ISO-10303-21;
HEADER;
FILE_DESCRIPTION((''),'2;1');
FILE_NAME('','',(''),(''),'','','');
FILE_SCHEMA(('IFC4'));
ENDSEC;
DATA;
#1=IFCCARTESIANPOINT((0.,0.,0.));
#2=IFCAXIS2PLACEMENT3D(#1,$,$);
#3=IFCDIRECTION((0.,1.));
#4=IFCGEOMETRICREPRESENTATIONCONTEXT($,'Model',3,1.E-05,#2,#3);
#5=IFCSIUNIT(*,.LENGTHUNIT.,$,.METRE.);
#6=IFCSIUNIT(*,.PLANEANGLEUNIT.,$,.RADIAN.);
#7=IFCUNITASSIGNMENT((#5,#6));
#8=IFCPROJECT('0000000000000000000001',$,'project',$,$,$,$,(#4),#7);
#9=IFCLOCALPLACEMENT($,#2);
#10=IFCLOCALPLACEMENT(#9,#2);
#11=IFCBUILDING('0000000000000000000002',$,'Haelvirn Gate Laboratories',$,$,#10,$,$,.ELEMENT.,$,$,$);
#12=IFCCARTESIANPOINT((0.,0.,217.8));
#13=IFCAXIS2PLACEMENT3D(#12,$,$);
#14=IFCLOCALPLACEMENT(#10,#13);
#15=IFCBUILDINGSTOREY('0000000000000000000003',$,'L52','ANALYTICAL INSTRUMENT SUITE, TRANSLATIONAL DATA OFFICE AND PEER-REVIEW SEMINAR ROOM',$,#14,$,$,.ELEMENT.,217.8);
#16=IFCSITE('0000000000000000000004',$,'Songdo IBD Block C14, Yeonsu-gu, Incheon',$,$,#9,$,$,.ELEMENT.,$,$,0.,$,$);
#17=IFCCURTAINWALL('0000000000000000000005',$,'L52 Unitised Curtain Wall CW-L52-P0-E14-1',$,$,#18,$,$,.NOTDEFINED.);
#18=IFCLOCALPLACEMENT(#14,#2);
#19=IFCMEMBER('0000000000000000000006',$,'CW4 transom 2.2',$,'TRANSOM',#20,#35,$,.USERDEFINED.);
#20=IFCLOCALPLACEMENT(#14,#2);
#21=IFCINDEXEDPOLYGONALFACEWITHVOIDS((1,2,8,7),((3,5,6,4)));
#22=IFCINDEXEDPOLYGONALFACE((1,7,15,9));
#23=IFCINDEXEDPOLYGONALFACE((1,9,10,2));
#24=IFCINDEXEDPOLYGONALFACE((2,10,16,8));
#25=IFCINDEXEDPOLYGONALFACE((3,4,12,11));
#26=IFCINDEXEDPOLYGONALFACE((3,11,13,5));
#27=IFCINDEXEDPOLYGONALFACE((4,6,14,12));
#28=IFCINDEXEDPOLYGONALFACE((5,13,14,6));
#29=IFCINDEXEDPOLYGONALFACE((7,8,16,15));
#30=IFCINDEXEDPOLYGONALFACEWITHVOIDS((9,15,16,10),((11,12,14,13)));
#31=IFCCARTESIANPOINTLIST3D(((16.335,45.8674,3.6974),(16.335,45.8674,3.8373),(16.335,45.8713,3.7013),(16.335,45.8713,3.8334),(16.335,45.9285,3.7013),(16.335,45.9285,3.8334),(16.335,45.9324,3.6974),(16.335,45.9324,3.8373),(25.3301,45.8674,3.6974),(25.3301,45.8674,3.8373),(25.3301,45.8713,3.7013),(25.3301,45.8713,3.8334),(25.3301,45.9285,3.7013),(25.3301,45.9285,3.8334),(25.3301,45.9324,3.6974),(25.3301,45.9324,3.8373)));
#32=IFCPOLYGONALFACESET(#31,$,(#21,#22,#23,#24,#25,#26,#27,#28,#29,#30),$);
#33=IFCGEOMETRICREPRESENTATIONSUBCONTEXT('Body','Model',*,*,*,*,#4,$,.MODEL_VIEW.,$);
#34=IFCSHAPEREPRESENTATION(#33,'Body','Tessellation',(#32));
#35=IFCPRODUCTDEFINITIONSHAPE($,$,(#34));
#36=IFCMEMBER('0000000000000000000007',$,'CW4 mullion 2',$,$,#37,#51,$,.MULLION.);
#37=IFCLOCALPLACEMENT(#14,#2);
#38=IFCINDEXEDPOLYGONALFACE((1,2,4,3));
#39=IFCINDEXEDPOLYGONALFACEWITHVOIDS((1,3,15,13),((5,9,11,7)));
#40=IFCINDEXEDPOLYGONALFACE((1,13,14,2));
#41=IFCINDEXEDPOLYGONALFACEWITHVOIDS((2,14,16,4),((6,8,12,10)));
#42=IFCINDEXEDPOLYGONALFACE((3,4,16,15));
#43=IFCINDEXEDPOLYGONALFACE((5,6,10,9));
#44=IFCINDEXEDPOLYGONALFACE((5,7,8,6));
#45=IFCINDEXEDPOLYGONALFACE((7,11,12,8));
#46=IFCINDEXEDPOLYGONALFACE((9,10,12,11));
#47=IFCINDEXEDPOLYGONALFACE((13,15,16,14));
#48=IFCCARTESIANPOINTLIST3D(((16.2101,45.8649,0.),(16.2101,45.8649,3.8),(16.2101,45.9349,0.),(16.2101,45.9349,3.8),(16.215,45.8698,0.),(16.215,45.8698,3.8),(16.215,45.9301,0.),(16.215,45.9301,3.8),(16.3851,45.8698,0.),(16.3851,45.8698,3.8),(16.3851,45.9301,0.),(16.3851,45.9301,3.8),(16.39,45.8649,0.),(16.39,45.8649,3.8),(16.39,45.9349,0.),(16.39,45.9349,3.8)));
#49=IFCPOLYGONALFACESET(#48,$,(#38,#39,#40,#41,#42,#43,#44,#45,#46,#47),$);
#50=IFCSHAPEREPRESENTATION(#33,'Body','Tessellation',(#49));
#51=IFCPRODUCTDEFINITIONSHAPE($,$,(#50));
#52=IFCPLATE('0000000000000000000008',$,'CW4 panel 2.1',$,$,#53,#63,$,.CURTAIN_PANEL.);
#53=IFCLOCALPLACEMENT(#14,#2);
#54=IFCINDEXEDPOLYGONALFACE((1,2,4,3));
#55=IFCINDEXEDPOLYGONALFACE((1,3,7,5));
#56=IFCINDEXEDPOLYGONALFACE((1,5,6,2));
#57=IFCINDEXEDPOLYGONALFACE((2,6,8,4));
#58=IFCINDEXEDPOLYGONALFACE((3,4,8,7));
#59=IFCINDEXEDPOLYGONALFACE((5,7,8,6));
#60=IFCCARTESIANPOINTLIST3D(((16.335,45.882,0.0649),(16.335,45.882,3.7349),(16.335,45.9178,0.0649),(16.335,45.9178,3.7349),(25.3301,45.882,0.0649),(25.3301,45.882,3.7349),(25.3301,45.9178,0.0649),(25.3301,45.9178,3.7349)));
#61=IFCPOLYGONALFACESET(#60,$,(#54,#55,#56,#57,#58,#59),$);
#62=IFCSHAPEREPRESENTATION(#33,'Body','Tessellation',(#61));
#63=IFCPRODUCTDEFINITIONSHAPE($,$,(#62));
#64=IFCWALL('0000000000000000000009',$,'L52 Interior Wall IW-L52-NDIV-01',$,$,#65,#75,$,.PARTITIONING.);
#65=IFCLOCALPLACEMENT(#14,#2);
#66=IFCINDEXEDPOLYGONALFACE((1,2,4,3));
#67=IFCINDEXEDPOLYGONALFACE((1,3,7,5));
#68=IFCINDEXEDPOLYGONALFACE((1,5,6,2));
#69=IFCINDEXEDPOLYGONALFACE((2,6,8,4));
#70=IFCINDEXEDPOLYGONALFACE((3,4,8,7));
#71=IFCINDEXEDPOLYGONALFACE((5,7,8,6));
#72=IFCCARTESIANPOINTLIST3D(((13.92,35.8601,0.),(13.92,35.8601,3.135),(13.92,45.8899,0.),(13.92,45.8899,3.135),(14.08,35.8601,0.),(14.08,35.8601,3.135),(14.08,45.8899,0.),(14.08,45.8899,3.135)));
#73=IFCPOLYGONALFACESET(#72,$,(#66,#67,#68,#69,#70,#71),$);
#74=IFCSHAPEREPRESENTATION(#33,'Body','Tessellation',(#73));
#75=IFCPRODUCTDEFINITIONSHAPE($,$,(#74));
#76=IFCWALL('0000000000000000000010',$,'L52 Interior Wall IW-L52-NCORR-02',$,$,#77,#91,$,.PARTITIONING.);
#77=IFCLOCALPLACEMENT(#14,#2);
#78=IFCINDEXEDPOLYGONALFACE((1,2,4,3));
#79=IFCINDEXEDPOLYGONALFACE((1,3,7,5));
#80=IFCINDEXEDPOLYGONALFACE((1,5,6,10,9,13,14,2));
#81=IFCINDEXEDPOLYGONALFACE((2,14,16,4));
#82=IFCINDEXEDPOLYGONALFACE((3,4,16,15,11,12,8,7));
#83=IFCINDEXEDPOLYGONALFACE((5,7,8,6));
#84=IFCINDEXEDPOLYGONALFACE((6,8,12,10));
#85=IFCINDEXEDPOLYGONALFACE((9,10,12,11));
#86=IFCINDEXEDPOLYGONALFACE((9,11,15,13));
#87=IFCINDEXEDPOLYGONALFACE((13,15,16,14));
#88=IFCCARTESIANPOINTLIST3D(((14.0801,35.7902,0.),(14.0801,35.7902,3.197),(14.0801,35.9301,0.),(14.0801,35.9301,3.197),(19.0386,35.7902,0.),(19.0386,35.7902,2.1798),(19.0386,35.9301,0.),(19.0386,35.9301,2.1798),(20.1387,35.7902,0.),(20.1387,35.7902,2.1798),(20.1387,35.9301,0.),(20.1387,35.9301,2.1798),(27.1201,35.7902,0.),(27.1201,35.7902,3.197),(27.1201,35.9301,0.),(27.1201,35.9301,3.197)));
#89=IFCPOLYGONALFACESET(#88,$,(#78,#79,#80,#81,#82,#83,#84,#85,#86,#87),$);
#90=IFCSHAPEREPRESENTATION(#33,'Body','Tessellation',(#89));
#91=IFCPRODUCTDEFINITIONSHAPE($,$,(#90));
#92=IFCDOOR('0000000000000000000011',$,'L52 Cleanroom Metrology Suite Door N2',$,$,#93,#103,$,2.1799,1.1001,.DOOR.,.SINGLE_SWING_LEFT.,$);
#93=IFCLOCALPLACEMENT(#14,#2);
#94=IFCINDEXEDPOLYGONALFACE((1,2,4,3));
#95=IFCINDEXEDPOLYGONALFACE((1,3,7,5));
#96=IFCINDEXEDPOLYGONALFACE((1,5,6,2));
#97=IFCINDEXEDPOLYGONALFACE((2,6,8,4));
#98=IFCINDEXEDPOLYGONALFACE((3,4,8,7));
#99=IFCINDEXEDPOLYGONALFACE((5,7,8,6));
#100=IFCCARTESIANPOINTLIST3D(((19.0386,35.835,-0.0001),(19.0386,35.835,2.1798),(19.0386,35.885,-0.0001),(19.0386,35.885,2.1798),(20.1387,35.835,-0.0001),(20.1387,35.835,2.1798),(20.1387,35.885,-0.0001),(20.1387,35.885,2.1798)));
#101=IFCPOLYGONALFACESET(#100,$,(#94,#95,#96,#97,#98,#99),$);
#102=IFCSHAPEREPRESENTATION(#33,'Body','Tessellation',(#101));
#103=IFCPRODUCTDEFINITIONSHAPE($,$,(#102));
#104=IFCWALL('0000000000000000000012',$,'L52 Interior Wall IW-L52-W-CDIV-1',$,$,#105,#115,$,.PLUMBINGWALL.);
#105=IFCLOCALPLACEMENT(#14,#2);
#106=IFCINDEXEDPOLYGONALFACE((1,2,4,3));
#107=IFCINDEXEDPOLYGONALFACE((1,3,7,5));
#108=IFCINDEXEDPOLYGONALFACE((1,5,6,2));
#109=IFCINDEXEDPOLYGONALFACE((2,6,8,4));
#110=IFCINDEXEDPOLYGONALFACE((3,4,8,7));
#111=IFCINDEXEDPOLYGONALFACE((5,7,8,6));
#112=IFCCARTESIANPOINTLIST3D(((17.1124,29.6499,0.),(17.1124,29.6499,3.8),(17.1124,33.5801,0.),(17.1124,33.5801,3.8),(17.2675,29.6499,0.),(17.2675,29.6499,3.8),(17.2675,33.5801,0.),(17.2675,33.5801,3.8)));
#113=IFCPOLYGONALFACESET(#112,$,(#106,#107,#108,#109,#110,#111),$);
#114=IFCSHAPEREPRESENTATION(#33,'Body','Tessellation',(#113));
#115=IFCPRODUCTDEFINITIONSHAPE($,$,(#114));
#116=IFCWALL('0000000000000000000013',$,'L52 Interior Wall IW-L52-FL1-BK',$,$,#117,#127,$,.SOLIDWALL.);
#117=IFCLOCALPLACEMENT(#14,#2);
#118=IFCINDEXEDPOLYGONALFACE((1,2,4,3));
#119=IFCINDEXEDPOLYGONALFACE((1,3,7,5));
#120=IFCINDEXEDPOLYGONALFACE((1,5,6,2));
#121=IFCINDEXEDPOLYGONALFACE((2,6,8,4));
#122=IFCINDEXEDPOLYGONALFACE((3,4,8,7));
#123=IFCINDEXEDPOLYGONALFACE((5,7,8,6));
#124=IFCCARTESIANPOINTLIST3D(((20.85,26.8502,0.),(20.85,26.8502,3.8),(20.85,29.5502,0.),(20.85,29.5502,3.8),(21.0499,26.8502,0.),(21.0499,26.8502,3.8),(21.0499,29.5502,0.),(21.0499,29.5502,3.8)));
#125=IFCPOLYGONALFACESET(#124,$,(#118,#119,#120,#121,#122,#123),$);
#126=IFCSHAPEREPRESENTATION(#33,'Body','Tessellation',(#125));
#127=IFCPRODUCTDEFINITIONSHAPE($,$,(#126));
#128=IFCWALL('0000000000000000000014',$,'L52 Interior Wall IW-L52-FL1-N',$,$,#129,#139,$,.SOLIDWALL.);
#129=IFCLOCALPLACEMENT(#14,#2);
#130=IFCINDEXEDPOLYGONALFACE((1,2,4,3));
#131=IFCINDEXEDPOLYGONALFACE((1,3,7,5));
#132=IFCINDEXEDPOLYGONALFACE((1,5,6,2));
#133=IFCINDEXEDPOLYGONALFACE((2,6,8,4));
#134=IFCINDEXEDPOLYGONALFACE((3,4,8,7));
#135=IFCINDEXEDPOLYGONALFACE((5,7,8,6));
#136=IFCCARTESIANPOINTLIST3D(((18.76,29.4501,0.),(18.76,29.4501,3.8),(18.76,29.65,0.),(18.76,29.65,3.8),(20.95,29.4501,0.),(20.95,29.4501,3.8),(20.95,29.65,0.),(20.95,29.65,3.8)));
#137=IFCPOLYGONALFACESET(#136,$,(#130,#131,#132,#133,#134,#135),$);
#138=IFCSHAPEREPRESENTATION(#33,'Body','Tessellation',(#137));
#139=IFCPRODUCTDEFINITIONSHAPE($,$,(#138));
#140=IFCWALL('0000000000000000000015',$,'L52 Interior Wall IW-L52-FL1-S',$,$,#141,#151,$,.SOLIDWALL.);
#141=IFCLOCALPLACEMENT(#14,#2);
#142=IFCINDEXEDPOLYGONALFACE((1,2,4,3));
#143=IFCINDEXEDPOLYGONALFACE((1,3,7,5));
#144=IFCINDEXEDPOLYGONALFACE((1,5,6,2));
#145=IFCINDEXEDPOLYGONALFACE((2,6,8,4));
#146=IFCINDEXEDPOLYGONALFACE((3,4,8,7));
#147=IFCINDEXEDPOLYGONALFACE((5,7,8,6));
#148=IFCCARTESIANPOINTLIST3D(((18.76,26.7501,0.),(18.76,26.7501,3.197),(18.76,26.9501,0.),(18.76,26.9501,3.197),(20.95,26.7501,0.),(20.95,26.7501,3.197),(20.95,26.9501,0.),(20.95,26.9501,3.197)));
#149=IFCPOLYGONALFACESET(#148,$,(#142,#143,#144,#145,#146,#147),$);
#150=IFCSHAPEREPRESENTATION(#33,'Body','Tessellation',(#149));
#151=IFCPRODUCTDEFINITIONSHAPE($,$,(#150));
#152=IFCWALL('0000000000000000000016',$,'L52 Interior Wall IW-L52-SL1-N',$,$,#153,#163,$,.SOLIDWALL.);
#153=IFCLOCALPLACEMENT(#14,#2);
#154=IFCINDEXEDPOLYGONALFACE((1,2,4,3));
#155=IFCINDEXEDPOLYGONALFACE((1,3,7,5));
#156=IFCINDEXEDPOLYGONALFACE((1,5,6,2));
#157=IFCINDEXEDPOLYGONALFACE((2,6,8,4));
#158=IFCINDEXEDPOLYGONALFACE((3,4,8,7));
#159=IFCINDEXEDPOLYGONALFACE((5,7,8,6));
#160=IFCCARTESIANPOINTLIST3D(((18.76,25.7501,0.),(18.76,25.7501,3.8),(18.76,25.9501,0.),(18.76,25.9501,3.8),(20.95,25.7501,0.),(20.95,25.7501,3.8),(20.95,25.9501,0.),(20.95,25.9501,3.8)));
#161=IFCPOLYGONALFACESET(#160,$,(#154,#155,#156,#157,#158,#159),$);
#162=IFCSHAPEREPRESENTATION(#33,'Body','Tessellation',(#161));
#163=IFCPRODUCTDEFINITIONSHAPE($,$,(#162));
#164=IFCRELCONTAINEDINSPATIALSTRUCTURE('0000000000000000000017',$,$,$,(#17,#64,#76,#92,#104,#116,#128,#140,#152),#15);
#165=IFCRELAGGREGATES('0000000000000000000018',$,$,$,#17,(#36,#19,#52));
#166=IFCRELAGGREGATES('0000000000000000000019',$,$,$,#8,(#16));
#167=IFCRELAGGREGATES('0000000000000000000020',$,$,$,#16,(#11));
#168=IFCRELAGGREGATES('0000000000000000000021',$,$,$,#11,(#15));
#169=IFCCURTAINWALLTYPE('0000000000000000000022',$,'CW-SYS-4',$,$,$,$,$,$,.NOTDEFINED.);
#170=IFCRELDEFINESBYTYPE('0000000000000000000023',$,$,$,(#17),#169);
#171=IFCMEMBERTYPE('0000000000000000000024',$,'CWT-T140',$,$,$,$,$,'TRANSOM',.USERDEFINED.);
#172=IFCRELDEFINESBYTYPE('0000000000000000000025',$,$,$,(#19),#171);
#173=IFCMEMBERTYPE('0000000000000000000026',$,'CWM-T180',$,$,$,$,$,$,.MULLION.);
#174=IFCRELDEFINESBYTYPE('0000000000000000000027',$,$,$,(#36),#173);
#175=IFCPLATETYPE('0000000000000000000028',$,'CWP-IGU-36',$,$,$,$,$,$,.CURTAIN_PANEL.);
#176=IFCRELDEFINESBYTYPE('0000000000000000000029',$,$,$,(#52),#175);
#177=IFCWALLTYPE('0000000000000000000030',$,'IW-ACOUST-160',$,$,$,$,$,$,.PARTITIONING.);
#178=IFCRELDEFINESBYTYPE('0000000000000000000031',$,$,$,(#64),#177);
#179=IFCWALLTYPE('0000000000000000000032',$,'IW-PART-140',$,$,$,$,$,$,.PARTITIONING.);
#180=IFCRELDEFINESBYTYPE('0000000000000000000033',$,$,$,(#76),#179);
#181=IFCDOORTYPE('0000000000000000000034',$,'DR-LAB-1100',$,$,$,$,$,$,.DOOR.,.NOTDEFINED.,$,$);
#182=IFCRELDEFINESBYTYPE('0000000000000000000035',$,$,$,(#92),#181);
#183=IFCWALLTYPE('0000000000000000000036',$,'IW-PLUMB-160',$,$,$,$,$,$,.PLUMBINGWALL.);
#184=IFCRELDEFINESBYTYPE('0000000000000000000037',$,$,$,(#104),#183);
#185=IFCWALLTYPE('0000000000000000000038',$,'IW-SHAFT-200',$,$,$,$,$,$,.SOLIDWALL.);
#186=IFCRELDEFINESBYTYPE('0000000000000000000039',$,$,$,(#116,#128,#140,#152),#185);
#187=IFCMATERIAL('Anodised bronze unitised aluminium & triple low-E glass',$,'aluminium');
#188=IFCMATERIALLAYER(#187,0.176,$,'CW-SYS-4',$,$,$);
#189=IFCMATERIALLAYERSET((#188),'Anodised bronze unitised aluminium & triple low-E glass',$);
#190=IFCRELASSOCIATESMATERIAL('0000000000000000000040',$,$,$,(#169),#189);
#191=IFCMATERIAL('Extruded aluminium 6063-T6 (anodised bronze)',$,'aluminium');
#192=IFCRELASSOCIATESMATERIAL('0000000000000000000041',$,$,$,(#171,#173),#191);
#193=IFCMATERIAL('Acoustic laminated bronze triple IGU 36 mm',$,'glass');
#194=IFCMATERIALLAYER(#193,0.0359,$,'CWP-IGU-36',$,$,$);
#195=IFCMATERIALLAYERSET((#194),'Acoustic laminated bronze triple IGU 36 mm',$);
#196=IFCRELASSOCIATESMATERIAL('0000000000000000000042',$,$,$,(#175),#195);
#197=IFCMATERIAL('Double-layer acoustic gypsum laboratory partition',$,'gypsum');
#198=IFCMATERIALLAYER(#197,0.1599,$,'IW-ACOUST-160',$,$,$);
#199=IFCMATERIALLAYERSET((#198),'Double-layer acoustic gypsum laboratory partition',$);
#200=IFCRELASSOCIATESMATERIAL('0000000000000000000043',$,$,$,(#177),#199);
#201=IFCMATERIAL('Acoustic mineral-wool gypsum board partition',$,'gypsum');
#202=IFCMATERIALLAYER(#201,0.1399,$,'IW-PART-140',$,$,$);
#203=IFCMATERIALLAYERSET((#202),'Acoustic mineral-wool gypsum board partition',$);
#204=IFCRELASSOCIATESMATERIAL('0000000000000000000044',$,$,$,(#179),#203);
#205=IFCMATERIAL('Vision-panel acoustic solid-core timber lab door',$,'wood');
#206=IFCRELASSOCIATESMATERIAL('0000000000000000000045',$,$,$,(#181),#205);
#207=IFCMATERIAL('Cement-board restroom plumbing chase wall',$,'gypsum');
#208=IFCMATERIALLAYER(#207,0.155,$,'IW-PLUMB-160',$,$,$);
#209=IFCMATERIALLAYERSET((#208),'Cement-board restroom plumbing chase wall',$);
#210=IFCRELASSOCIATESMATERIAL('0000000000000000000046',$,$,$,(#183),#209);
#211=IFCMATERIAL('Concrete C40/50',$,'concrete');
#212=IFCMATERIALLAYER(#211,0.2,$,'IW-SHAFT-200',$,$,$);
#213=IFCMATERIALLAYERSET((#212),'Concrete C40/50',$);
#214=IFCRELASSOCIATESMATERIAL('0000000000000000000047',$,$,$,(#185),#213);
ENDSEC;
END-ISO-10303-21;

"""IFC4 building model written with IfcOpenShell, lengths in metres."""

from ifc_helpers import new_model, si_unit, direction, frame, frame_2d, origin, origin_2d, place, context, subcontext, project, spatial, rectangle, hollow_rectangle, extrude, source, transform, mapped, material, layer, layer_set, material_profile, profile_set, type_object, type_shapes, element, fill, aggregate, save


model = new_model("IFC4")

# Units and contexts
model_context = context("Model", 3, precision=1e-05, world=origin(), true_north=direction((0.0, 1.0)))
body_context = subcontext(model_context, "Body", "Model", "MODEL_VIEW")
ifc_project = project(units=[si_unit("LENGTHUNIT", "METRE"), si_unit("PLANEANGLEUNIT", "RADIAN")], contexts=[model_context])

# Site, building, storey
site_placement = place(None, origin())
site = spatial("IfcSite", under=ifc_project, at=site_placement, Name="Songdo IBD Block C14, Yeonsu-gu, Incheon", CompositionType="ELEMENT", RefElevation=0.0)
building_placement = place(site_placement, origin())
building = spatial("IfcBuilding", under=site, at=building_placement, Name="Haelvirn Gate Laboratories", CompositionType="ELEMENT")
storey_placement = place(building_placement, frame((0.0, 0.0, 217.8)))
storey = spatial("IfcBuildingStorey", under=building, at=storey_placement, Name="L52", Description="ANALYTICAL INSTRUMENT SUITE, TRANSLATIONAL DATA OFFICE AND PEER-REVIEW SEMINAR ROOM", CompositionType="ELEMENT", Elevation=217.8)

# Curtain wall, members, plate
ifc_material_1 = material(Name="Anodised bronze unitised aluminium & triple low-E glass", Category="aluminium")
ifc_layer_1 = layer(ifc_material_1, 0.176, Name="CW-SYS-4")
ifc_layer_set_1 = layer_set([ifc_layer_1], Name="Anodised bronze unitised aluminium & triple low-E glass")
curtain_wall_type = type_object("IfcCurtainWallType", Name="CW-SYS-4", PredefinedType="NOTDEFINED", material=ifc_layer_set_1)
curtain_wall_placement = place(storey_placement, origin())
curtain_wall = element("IfcCurtainWall", 1, at=curtain_wall_placement, inside=storey, type_object=curtain_wall_type, Name="L52 Unitised Curtain Wall CW-L52-P0-E14-1", PredefinedType="NOTDEFINED")
ifc_material_2 = material(Name="Extruded aluminium 6063-T6 (anodised bronze)", Category="aluminium")
ifc_material_profile_1 = material_profile(ifc_material_2, hollow_rectangle(XDim=0.0649, YDim=0.1399, WallThickness=0.0039, at=origin_2d()), Name="CWT-140x65x4")
ifc_profile_set_1 = profile_set([ifc_material_profile_1], Name="Extruded aluminium 6063-T6 (anodised bronze)")
member_type_1 = type_object("IfcMemberType", Name="CWT-T140", ElementType="TRANSOM", PredefinedType="USERDEFINED", material=ifc_profile_set_1)
shared_shape_1 = source(origin(), body_context, "Body", "SweptSolid", [
    extrude(hollow_rectangle(XDim=0.0649, YDim=0.1399, WallThickness=0.0039, at=origin_2d()), origin(), (0.0, 0.0, 1.0), 8.9951),
])
type_shapes(member_type_1, [shared_shape_1])
member_1_placement = place(storey_placement, frame((16.335, 45.8999, 3.7673), z_axis=(1.0, 0.0, 0.0), x_axis=(0.0, 1.0, 0.0)))
member_1 = element("IfcMember", 2, at=member_1_placement, type_object=member_type_1, Name="CW4 transom 2.2", ObjectType="TRANSOM", PredefinedType="USERDEFINED", context=body_context, shape_type="MappedRepresentation", body=[
    mapped(shared_shape_1, transform((0.0, 0.0, 0.0), scale=1.0)),
])
ifc_material_profile_2 = material_profile(ifc_material_2, hollow_rectangle(XDim=0.0701, YDim=0.1799, WallThickness=0.0049, at=origin_2d()), Name="CWM-180x70x5")
ifc_profile_set_2 = profile_set([ifc_material_profile_2], Name="Extruded aluminium 6063-T6 (anodised bronze)")
member_type_2 = type_object("IfcMemberType", Name="CWM-T180", PredefinedType="MULLION", material=ifc_profile_set_2)
shared_shape_2 = source(origin(), body_context, "Body", "SweptSolid", [
    extrude(hollow_rectangle(XDim=0.0701, YDim=0.1799, WallThickness=0.0049, at=origin_2d()), origin(), (0.0, 0.0, 1.0), 3.8),
])
type_shapes(member_type_2, [shared_shape_2])
member_2_placement = place(storey_placement, frame((16.3, 45.8999, 0.0), z_axis=(0.0, 0.0, 1.0), x_axis=(0.0, 1.0, 0.0)))
member_2 = element("IfcMember", 3, at=member_2_placement, type_object=member_type_2, Name="CW4 mullion 2", PredefinedType="MULLION", context=body_context, shape_type="MappedRepresentation", body=[
    mapped(shared_shape_2, transform((0.0, 0.0, 0.0), scale=1.0)),
])
ifc_material_3 = material(Name="Acoustic laminated bronze triple IGU 36 mm", Category="glass")
ifc_layer_2 = layer(ifc_material_3, 0.0359, Name="CWP-IGU-36")
ifc_layer_set_2 = layer_set([ifc_layer_2], Name="Acoustic laminated bronze triple IGU 36 mm")
plate_type = type_object("IfcPlateType", Name="CWP-IGU-36", PredefinedType="CURTAIN_PANEL", material=ifc_layer_set_2)
shared_shape_3 = source(origin(), body_context, "Body", "SweptSolid", [
    extrude(rectangle(XDim=8.9951, YDim=0.0359, at=origin_2d()), origin(), (0.0, 0.0, 1.0), 3.6699),
])
type_shapes(plate_type, [shared_shape_3])
plate_placement = place(storey_placement, frame((20.8325, 45.8999, 0.0649), z_axis=(0.0, 0.0, 1.0), x_axis=(1.0, 0.0, 0.0)))
plate = element("IfcPlate", 4, at=plate_placement, type_object=plate_type, Name="CW4 panel 2.1", PredefinedType="CURTAIN_PANEL", context=body_context, shape_type="MappedRepresentation", body=[
    mapped(shared_shape_3, transform((0.0, 0.0, 0.0), scale=1.0)),
])
aggregate(curtain_wall, [member_2, member_1, plate])

# Wall
ifc_material_4 = material(Name="Double-layer acoustic gypsum laboratory partition", Category="gypsum")
ifc_layer_3 = layer(ifc_material_4, 0.1599, Name="IW-ACOUST-160")
ifc_layer_set_3 = layer_set([ifc_layer_3], Name="Double-layer acoustic gypsum laboratory partition")
wall_type_1 = type_object("IfcWallType", Name="IW-ACOUST-160", PredefinedType="PARTITIONING", material=ifc_layer_set_3)
wall_1_placement = place(storey_placement, frame((14.0, 35.8601, 0.0), z_axis=(0.0, 0.0, 1.0), x_axis=(0.0, 1.0, 0.0)))
element("IfcWall", 5, at=wall_1_placement, inside=storey, type_object=wall_type_1, Name="L52 Interior Wall IW-L52-NDIV-01", PredefinedType="PARTITIONING", context=body_context, shape_type="SweptSolid", body=[
    extrude(rectangle(XDim=10.0298, YDim=0.1599, at=frame_2d((5.0149, 0.0))), origin(), (0.0, 0.0, 1.0), 3.135),
])

# Wall, opening, door
ifc_material_5 = material(Name="Acoustic mineral-wool gypsum board partition", Category="gypsum")
ifc_layer_4 = layer(ifc_material_5, 0.1399, Name="IW-PART-140")
ifc_layer_set_4 = layer_set([ifc_layer_4], Name="Acoustic mineral-wool gypsum board partition")
wall_type_2 = type_object("IfcWallType", Name="IW-PART-140", PredefinedType="PARTITIONING", material=ifc_layer_set_4)
wall_2_placement = place(storey_placement, frame((14.0801, 35.8601, 0.0), z_axis=(0.0, 0.0, 1.0), x_axis=(1.0, 0.0, 0.0)))
wall_2 = element("IfcWall", 6, at=wall_2_placement, inside=storey, type_object=wall_type_2, Name="L52 Interior Wall IW-L52-NCORR-02", PredefinedType="PARTITIONING", context=body_context, shape_type="SweptSolid", body=[
    extrude(rectangle(XDim=13.04, YDim=0.1399, at=frame_2d((6.52, 0.0))), origin(), (0.0, 0.0, 1.0), 3.197),
])
opening_placement = place(wall_2_placement, frame((4.9585, 0.0, 0.0)))
opening = element("IfcOpeningElement", 7, at=opening_placement, cuts=wall_2, PredefinedType="OPENING", context=body_context, shape_type="SweptSolid", body=[
    extrude(rectangle(XDim=1.1001, YDim=2.1799, at=frame_2d((0.55, 1.0898))), frame((0.0, 0.0801, 0.0), z_axis=(0.0, -1.0, 0.0), x_axis=(1.0, 0.0, 0.0)), (0.0, 0.0, 1.0), 0.1599),
])
ifc_material_6 = material(Name="Vision-panel acoustic solid-core timber lab door", Category="wood")
door_type = type_object("IfcDoorType", Name="DR-LAB-1100", OperationType="NOTDEFINED", PredefinedType="DOOR", material=ifc_material_6)
shared_shape_4 = source(origin(), body_context, "Body", "SweptSolid", [
    extrude(rectangle(XDim=1.1001, YDim=2.1799, at=frame_2d((0.55, 1.0898))), frame((0.0, 0.0249, 0.0), z_axis=(0.0, -1.0, 0.0), x_axis=(1.0, 0.0, 0.0)), (0.0, 0.0, 1.0), 0.05),
])
type_shapes(door_type, [shared_shape_4])
door_placement = place(opening_placement, origin())
door = element("IfcDoor", 8, at=door_placement, inside=storey, type_object=door_type, Name="L52 Cleanroom Metrology Suite Door N2", OperationType="SINGLE_SWING_LEFT", OverallHeight=2.1799, OverallWidth=1.1001, PredefinedType="DOOR", context=body_context, shape_type="MappedRepresentation", body=[
    mapped(shared_shape_4, transform((0.0, 0.0, 0.0), scale=1.0)),
])
fill(opening, door)

# Walls
ifc_material_7 = material(Name="Cement-board restroom plumbing chase wall", Category="gypsum")
ifc_layer_5 = layer(ifc_material_7, 0.155, Name="IW-PLUMB-160")
ifc_layer_set_5 = layer_set([ifc_layer_5], Name="Cement-board restroom plumbing chase wall")
wall_type_3 = type_object("IfcWallType", Name="IW-PLUMB-160", PredefinedType="PLUMBINGWALL", material=ifc_layer_set_5)
wall_3_placement = place(storey_placement, frame((17.1899, 29.6499, 0.0), z_axis=(0.0, 0.0, 1.0), x_axis=(0.0, 1.0, 0.0)))
element("IfcWall", 9, at=wall_3_placement, inside=storey, type_object=wall_type_3, Name="L52 Interior Wall IW-L52-W-CDIV-1", PredefinedType="PLUMBINGWALL", context=body_context, shape_type="SweptSolid", body=[
    extrude(rectangle(XDim=3.9302, YDim=0.155, at=frame_2d((1.9651, 0.0))), origin(), (0.0, 0.0, 1.0), 3.8),
])
ifc_material_8 = material(Name="Concrete C40/50", Category="concrete")
ifc_layer_6 = layer(ifc_material_8, 0.2, Name="IW-SHAFT-200")
ifc_layer_set_6 = layer_set([ifc_layer_6], Name="Concrete C40/50")
wall_type_4 = type_object("IfcWallType", Name="IW-SHAFT-200", PredefinedType="SOLIDWALL", material=ifc_layer_set_6)
wall_4_placement = place(storey_placement, frame((20.95, 26.8501, 0.0), z_axis=(0.0, 0.0, 1.0), x_axis=(0.0, 1.0, 0.0)))
element("IfcWall", 10, at=wall_4_placement, inside=storey, type_object=wall_type_4, Name="L52 Interior Wall IW-L52-FL1-BK", PredefinedType="SOLIDWALL", context=body_context, shape_type="SweptSolid", body=[
    extrude(rectangle(XDim=2.7, YDim=0.2, at=frame_2d((1.3501, 0.0))), origin(), (0.0, 0.0, 1.0), 3.8),
])
wall_5_placement = place(storey_placement, frame((18.76, 29.55, 0.0), z_axis=(0.0, 0.0, 1.0), x_axis=(1.0, 0.0, 0.0)))
element("IfcWall", 11, at=wall_5_placement, inside=storey, type_object=wall_type_4, Name="L52 Interior Wall IW-L52-FL1-N", PredefinedType="SOLIDWALL", context=body_context, shape_type="SweptSolid", body=[
    extrude(rectangle(XDim=2.1899, YDim=0.2, at=frame_2d((1.095, 0.0))), origin(), (0.0, 0.0, 1.0), 3.8),
])
wall_6_placement = place(storey_placement, frame((18.76, 26.8501, 0.0), z_axis=(0.0, 0.0, 1.0), x_axis=(1.0, 0.0, 0.0)))
element("IfcWall", 12, at=wall_6_placement, inside=storey, type_object=wall_type_4, Name="L52 Interior Wall IW-L52-FL1-S", PredefinedType="SOLIDWALL", context=body_context, shape_type="SweptSolid", body=[
    extrude(rectangle(XDim=2.1899, YDim=0.2, at=frame_2d((1.095, 0.0))), origin(), (0.0, 0.0, 1.0), 3.197),
])
wall_7_placement = place(storey_placement, frame((18.76, 25.8501, 0.0), z_axis=(0.0, 0.0, 1.0), x_axis=(1.0, 0.0, 0.0)))
element("IfcWall", 13, at=wall_7_placement, inside=storey, type_object=wall_type_4, Name="L52 Interior Wall IW-L52-SL1-N", PredefinedType="SOLIDWALL", context=body_context, shape_type="SweptSolid", body=[
    extrude(rectangle(XDim=2.1899, YDim=0.2, at=frame_2d((1.095, 0.0))), origin(), (0.0, 0.0, 1.0), 3.8),
])

save(model, "model.ifc")
